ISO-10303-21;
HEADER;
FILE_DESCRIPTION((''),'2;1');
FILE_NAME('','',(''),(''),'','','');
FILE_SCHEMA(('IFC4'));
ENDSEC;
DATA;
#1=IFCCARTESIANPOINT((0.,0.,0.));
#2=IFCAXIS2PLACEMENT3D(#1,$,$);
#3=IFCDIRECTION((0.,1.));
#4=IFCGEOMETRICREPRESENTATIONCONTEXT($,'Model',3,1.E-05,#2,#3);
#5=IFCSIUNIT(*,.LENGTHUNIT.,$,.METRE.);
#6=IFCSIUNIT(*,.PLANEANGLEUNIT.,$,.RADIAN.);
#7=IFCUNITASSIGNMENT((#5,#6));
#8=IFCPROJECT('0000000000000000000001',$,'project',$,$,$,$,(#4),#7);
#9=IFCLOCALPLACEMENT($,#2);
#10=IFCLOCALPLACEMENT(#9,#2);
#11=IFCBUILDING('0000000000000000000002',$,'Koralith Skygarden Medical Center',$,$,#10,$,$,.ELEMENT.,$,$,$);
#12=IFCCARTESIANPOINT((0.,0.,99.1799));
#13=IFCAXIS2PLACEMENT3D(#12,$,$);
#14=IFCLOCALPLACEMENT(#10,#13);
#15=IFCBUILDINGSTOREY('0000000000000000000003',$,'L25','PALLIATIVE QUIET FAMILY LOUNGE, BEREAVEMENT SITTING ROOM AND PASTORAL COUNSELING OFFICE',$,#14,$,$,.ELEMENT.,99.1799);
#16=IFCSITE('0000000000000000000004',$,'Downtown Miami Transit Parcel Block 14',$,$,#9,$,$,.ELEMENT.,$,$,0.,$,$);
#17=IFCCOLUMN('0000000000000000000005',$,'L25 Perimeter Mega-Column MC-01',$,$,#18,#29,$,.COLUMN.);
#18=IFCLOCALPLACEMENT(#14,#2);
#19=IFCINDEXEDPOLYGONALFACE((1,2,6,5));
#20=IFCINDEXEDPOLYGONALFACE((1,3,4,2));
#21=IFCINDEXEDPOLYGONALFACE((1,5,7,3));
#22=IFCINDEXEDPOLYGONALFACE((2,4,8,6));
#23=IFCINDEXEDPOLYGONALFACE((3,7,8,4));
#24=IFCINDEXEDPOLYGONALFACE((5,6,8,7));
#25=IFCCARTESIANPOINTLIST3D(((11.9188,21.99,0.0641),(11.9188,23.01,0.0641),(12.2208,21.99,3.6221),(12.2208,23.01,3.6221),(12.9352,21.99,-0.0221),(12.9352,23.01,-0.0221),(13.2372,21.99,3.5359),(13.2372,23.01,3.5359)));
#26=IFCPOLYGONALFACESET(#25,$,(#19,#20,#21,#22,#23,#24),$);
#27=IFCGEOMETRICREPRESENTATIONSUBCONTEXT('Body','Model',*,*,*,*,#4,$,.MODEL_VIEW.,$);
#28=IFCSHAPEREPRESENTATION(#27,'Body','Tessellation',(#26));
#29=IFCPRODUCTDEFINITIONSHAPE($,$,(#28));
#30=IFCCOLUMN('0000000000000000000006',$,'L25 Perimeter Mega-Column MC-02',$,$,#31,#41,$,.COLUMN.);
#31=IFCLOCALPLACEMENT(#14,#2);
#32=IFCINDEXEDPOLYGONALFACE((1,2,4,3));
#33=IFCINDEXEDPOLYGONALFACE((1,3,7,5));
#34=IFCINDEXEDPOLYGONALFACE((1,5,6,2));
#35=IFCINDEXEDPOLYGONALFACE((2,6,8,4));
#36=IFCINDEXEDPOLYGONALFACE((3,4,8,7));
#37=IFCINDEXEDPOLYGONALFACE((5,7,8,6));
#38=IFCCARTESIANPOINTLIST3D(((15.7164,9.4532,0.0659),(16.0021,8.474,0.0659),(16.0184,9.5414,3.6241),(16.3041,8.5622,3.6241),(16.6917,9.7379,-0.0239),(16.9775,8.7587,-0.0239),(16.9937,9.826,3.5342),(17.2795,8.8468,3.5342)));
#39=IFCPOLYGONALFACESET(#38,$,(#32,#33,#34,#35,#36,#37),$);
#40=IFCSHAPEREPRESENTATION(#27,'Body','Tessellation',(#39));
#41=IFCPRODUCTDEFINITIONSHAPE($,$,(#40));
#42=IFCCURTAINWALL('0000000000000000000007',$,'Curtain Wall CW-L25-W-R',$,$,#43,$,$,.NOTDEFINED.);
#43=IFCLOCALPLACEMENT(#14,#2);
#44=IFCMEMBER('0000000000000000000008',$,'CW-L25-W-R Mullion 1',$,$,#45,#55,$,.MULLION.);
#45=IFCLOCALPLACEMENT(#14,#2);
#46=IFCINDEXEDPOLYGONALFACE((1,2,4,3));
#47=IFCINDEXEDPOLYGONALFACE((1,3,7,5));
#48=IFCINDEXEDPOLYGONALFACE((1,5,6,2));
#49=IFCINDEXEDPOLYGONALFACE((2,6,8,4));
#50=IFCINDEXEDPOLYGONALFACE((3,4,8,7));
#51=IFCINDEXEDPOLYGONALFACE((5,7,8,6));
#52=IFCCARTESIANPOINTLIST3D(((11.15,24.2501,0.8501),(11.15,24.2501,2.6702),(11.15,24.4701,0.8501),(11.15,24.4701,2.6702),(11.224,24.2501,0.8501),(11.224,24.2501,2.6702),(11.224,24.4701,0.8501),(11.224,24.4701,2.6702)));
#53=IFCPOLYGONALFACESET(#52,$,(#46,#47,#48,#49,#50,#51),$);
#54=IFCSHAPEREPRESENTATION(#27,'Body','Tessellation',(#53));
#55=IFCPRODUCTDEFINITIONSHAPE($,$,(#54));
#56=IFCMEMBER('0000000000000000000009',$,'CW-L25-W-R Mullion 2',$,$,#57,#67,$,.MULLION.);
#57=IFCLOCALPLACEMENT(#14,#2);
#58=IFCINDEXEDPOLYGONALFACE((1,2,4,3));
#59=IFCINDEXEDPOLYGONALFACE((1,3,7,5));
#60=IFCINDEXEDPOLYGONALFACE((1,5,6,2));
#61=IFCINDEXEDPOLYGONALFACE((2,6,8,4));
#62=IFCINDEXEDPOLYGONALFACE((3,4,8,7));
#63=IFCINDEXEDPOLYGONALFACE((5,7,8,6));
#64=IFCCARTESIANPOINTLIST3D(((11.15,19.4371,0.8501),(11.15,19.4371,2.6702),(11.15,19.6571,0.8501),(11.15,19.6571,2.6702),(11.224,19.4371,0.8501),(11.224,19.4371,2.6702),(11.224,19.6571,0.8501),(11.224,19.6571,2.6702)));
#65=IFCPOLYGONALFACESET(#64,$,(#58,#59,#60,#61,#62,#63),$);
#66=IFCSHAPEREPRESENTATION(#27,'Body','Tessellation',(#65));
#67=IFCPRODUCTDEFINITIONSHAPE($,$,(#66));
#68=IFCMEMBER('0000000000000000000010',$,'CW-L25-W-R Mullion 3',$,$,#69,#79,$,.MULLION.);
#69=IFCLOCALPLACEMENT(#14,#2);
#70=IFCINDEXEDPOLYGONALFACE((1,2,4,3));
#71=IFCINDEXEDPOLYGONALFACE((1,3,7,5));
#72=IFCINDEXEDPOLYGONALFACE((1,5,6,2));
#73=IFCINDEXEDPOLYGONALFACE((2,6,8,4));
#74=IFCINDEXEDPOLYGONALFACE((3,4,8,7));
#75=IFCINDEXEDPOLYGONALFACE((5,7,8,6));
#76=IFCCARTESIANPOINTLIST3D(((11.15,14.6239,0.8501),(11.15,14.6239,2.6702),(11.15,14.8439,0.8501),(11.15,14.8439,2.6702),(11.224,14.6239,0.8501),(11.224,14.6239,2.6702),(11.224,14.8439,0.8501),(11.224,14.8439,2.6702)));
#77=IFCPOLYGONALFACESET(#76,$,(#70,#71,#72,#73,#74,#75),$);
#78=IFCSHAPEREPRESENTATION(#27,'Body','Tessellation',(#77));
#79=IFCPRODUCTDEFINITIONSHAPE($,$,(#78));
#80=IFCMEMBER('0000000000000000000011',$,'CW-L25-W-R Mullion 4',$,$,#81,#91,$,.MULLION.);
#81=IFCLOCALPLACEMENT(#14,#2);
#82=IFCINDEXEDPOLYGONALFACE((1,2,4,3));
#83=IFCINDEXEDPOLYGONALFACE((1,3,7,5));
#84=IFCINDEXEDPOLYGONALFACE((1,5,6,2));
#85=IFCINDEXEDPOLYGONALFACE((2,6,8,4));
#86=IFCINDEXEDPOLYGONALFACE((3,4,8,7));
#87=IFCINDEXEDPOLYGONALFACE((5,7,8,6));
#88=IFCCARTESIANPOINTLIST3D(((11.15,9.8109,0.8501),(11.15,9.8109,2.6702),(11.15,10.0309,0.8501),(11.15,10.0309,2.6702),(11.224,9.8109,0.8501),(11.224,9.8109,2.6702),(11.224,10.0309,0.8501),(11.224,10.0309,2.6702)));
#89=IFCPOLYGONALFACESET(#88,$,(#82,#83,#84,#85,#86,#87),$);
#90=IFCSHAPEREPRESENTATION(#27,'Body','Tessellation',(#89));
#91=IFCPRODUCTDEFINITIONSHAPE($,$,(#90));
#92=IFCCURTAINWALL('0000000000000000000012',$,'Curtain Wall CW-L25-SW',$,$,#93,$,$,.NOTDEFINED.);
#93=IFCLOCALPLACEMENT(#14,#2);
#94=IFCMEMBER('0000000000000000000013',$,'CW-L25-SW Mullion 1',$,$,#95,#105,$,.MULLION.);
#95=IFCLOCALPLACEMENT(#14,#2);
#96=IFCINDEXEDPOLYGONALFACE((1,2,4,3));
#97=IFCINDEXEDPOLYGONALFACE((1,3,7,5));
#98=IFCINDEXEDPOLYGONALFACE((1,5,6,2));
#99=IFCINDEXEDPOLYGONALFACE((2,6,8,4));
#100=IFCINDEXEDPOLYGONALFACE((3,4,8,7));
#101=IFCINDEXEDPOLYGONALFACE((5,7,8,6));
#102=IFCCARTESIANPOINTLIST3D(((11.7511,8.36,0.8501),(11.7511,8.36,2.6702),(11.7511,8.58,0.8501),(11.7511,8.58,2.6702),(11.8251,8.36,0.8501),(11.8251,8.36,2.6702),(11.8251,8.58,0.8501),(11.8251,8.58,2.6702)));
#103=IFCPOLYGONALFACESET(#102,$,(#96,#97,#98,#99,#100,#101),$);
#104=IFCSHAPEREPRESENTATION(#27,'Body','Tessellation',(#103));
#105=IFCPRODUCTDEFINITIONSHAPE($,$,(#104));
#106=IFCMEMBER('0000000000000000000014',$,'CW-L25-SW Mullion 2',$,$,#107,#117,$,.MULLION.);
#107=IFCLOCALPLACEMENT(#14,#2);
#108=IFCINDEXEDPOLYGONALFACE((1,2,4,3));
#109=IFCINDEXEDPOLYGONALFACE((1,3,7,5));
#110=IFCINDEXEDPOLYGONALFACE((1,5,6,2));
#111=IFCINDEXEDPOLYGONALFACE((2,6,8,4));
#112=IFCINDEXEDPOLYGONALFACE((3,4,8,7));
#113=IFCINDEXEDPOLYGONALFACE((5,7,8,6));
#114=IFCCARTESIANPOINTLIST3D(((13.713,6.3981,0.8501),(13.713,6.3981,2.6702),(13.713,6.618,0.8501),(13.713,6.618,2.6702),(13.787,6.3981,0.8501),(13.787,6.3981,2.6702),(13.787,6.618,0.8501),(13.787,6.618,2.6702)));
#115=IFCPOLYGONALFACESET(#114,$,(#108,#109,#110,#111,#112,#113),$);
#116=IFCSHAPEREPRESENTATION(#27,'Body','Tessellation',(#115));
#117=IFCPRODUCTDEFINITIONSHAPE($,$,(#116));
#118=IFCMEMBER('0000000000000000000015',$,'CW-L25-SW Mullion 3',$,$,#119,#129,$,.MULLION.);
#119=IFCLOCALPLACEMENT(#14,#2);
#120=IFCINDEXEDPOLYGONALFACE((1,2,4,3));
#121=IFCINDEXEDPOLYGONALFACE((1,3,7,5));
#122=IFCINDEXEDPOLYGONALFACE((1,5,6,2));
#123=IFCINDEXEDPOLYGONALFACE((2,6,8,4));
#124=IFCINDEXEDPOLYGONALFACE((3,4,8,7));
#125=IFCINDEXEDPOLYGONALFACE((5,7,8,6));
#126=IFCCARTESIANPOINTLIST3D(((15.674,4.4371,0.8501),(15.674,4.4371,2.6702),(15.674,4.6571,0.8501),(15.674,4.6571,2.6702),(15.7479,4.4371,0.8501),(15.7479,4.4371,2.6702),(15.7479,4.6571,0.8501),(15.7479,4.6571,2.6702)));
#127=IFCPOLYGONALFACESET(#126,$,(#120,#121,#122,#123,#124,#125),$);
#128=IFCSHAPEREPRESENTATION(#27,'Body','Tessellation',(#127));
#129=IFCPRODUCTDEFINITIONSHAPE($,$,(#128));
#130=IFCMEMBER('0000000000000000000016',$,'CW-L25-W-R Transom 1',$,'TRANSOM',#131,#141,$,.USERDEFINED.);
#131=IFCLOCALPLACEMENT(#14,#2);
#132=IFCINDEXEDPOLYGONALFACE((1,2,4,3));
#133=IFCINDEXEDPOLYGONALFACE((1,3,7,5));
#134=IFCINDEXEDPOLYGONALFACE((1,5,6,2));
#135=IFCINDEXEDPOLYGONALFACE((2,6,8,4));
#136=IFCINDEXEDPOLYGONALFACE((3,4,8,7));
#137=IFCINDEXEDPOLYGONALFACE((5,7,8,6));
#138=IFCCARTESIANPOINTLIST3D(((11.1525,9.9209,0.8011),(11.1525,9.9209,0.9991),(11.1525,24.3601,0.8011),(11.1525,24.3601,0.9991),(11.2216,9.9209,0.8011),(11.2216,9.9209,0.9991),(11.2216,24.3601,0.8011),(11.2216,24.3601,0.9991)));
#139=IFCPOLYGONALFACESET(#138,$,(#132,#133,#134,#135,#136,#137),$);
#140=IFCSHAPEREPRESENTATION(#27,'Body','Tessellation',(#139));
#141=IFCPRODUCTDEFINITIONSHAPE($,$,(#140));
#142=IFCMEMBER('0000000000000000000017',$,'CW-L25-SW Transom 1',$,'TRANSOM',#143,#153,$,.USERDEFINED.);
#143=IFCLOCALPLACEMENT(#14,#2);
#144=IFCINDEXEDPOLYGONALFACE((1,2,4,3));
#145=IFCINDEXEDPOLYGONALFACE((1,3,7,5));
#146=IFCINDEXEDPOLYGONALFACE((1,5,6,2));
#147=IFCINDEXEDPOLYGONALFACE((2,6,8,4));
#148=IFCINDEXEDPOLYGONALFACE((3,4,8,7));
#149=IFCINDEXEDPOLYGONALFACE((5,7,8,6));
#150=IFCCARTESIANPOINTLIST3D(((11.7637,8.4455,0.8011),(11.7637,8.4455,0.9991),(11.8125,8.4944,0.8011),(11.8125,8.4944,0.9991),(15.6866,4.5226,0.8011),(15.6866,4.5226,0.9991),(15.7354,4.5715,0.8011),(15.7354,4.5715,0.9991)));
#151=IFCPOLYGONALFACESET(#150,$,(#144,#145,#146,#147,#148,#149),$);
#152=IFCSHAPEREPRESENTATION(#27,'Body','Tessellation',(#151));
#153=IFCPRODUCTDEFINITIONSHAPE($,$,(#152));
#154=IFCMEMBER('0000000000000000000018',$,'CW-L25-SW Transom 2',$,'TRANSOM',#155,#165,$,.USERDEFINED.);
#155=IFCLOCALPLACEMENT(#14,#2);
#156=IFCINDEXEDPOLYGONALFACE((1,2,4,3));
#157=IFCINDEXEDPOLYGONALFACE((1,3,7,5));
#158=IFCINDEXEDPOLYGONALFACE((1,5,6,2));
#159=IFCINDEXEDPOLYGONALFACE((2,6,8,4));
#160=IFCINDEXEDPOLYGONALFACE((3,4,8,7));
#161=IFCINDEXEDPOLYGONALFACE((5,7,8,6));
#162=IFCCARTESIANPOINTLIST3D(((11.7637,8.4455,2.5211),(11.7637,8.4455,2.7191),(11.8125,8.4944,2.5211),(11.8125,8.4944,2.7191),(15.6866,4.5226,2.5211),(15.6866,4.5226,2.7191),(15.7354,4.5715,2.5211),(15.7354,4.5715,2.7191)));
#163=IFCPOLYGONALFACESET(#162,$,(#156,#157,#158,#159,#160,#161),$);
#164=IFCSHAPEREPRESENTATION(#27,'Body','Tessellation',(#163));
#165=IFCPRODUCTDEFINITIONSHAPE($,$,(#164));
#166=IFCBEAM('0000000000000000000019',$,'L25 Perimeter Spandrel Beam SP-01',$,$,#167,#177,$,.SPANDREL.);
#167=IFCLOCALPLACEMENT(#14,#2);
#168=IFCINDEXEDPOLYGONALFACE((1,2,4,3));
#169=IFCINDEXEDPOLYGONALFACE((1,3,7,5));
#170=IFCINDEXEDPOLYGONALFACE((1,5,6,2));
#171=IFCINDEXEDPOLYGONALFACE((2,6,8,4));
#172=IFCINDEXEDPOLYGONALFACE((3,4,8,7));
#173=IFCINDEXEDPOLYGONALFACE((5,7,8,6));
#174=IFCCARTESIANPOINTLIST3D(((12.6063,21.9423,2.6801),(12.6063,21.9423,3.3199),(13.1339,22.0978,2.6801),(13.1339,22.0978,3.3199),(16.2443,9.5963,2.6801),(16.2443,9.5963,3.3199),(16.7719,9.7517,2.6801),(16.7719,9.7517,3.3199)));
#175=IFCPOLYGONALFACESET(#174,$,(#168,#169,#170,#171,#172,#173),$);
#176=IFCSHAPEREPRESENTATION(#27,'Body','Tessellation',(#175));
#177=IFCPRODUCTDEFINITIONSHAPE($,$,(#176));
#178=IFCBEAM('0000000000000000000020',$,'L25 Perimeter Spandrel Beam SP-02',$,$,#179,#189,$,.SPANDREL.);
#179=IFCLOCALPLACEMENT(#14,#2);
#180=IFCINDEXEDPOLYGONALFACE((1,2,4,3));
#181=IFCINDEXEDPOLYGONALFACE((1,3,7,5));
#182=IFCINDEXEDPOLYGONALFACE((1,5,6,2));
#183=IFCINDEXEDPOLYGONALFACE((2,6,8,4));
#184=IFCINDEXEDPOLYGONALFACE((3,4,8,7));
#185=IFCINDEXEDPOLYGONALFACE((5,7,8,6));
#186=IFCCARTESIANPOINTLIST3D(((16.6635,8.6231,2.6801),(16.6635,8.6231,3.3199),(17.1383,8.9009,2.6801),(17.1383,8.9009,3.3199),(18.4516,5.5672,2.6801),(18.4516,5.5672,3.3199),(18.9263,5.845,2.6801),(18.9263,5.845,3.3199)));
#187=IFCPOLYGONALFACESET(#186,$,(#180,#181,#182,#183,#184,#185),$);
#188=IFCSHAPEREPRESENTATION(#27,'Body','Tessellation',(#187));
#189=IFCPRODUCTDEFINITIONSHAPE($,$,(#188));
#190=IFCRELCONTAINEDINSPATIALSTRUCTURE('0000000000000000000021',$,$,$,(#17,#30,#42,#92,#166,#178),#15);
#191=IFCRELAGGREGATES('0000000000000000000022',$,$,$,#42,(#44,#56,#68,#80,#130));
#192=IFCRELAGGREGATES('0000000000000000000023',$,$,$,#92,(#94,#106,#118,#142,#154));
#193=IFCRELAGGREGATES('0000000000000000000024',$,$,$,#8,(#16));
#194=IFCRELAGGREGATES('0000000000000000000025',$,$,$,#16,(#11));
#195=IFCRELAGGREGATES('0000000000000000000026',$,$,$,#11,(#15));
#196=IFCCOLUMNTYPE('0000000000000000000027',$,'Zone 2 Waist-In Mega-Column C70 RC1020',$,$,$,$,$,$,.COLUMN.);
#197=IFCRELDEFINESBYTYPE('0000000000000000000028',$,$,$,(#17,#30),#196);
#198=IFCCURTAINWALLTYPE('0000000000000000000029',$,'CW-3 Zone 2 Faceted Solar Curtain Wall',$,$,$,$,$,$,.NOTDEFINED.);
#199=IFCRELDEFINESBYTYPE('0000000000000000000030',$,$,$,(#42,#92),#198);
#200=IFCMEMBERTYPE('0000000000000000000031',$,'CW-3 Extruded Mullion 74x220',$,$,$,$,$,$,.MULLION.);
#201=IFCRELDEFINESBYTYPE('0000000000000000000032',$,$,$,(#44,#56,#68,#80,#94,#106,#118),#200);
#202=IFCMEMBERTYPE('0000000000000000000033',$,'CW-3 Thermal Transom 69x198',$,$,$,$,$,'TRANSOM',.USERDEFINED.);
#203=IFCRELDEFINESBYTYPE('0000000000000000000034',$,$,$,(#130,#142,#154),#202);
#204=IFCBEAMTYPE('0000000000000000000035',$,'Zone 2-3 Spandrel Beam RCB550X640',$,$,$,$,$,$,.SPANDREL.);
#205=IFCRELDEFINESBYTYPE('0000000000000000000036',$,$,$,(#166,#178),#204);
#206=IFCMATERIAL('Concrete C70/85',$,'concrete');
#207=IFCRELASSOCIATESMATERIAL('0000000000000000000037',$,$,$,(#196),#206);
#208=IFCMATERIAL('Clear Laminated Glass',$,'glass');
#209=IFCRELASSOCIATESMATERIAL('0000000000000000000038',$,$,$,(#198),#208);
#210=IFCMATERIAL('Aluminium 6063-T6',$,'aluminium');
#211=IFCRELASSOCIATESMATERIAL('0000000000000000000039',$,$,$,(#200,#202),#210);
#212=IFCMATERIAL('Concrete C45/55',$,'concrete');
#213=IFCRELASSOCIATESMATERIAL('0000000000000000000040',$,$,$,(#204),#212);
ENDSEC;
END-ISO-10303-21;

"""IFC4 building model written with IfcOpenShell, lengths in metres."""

from ifc_helpers import new_model, si_unit, direction, frame, origin, origin_2d, place, context, subcontext, project, spatial, rectangle, extrude, material, material_profile, profile_set, type_object, element, aggregate, save


model = new_model("IFC4")

# Units and contexts
model_context = context("Model", 3, precision=1e-05, world=origin(), true_north=direction((0.0, 1.0)))
body_context = subcontext(model_context, "Body", "Model", "MODEL_VIEW")
ifc_project = project(units=[si_unit("LENGTHUNIT", "METRE"), si_unit("PLANEANGLEUNIT", "RADIAN")], contexts=[model_context])

# Site, building, storey
site_placement = place(None, origin())
site = spatial("IfcSite", under=ifc_project, at=site_placement, Name="Downtown Miami Transit Parcel Block 14", CompositionType="ELEMENT", RefElevation=0.0)
building_placement = place(site_placement, origin())
building = spatial("IfcBuilding", under=site, at=building_placement, Name="Koralith Skygarden Medical Center", CompositionType="ELEMENT")
storey_placement = place(building_placement, frame((0.0, 0.0, 99.1799)))
storey = spatial("IfcBuildingStorey", under=building, at=storey_placement, Name="L25", Description="PALLIATIVE QUIET FAMILY LOUNGE, BEREAVEMENT SITTING ROOM AND PASTORAL COUNSELING OFFICE", CompositionType="ELEMENT", Elevation=99.1799)

# Columns
ifc_material_1 = material(Name="Concrete C70/85", Category="concrete")
ifc_material_profile_1 = material_profile(ifc_material_1, rectangle(XDim=1.02, YDim=1.02, at=origin_2d()), Name="RC1020X1020")
ifc_profile_set_1 = profile_set([ifc_material_profile_1], Name="Concrete C70/85")
column_type = type_object("IfcColumnType", Name="Zone 2 Waist-In Mega-Column C70 RC1020", PredefinedType="COLUMN", material=ifc_profile_set_1)
column_1_placement = place(storey_placement, frame((12.427, 22.5, 0.021), z_axis=(0.084573, 0.0, 0.996417), x_axis=(0.0, 1.0, 0.0)))
element("IfcColumn", 1, at=column_1_placement, inside=storey, type_object=column_type, Name="L25 Perimeter Mega-Column MC-01", PredefinedType="COLUMN", context=body_context, shape_type="SweptSolid", body=[
    extrude(rectangle(XDim=1.02, YDim=1.02, at=origin_2d()), origin(), (0.0, 0.0, 1.0), 3.5708),
])
column_2_placement = place(storey_placement, frame((16.3469, 9.106, 0.021), z_axis=(0.084547, 0.024674, 0.996114), x_axis=(-0.280149, 0.959957, 0.0)))
element("IfcColumn", 2, at=column_2_placement, inside=storey, type_object=column_type, Name="L25 Perimeter Mega-Column MC-02", PredefinedType="COLUMN", context=body_context, shape_type="SweptSolid", body=[
    extrude(rectangle(XDim=1.02, YDim=1.02, at=origin_2d()), origin(), (0.0, 0.0, 1.0), 3.572),
])

# Curtain walls, members
ifc_material_2 = material(Name="Clear Laminated Glass", Category="glass")
curtain_wall_type = type_object("IfcCurtainWallType", Name="CW-3 Zone 2 Faceted Solar Curtain Wall", PredefinedType="NOTDEFINED", material=ifc_material_2)
curtain_wall_1_placement = place(storey_placement, origin())
curtain_wall_1 = element("IfcCurtainWall", 3, at=curtain_wall_1_placement, inside=storey, type_object=curtain_wall_type, Name="Curtain Wall CW-L25-W-R", PredefinedType="NOTDEFINED")
ifc_material_3 = material(Name="Aluminium 6063-T6", Category="aluminium")
ifc_material_profile_2 = material_profile(ifc_material_3, rectangle(XDim=0.074, YDim=0.22, at=origin_2d()), Name="MUL74X220")
ifc_profile_set_2 = profile_set([ifc_material_profile_2], Name="Aluminium 6063-T6")
member_type_1 = type_object("IfcMemberType", Name="CW-3 Extruded Mullion 74x220", PredefinedType="MULLION", material=ifc_profile_set_2)
member_1_placement = place(storey_placement, frame((11.187, 24.3601, 0.8501), z_axis=(0.0, 0.0, 1.0), x_axis=(1.0, 0.0, 0.0)))
member_1 = element("IfcMember", 4, at=member_1_placement, type_object=member_type_1, Name="CW-L25-W-R Mullion 1", PredefinedType="MULLION", context=body_context, shape_type="SweptSolid", body=[
    extrude(rectangle(XDim=0.074, YDim=0.22, at=origin_2d()), origin(), (0.0, 0.0, 1.0), 1.8201),
])
member_2_placement = place(storey_placement, frame((11.187, 19.5471, 0.8501), z_axis=(0.0, 0.0, 1.0), x_axis=(1.0, 0.0, 0.0)))
member_2 = element("IfcMember", 5, at=member_2_placement, type_object=member_type_1, Name="CW-L25-W-R Mullion 2", PredefinedType="MULLION", context=body_context, shape_type="SweptSolid", body=[
    extrude(rectangle(XDim=0.074, YDim=0.22, at=origin_2d()), origin(), (0.0, 0.0, 1.0), 1.8201),
])
member_3_placement = place(storey_placement, frame((11.187, 14.7339, 0.8501), z_axis=(0.0, 0.0, 1.0), x_axis=(1.0, 0.0, 0.0)))
member_3 = element("IfcMember", 6, at=member_3_placement, type_object=member_type_1, Name="CW-L25-W-R Mullion 3", PredefinedType="MULLION", context=body_context, shape_type="SweptSolid", body=[
    extrude(rectangle(XDim=0.074, YDim=0.22, at=origin_2d()), origin(), (0.0, 0.0, 1.0), 1.8201),
])
member_4_placement = place(storey_placement, frame((11.187, 9.9209, 0.8501), z_axis=(0.0, 0.0, 1.0), x_axis=(1.0, 0.0, 0.0)))
member_4 = element("IfcMember", 7, at=member_4_placement, type_object=member_type_1, Name="CW-L25-W-R Mullion 4", PredefinedType="MULLION", context=body_context, shape_type="SweptSolid", body=[
    extrude(rectangle(XDim=0.074, YDim=0.22, at=origin_2d()), origin(), (0.0, 0.0, 1.0), 1.8201),
])
curtain_wall_2_placement = place(storey_placement, origin())
curtain_wall_2 = element("IfcCurtainWall", 8, at=curtain_wall_2_placement, inside=storey, type_object=curtain_wall_type, Name="Curtain Wall CW-L25-SW", PredefinedType="NOTDEFINED")
member_5_placement = place(storey_placement, frame((11.7881, 8.47, 0.8501), z_axis=(0.0, 0.0, 1.0), x_axis=(1.0, 0.0, 0.0)))
member_5 = element("IfcMember", 9, at=member_5_placement, type_object=member_type_1, Name="CW-L25-SW Mullion 1", PredefinedType="MULLION", context=body_context, shape_type="SweptSolid", body=[
    extrude(rectangle(XDim=0.074, YDim=0.22, at=origin_2d()), origin(), (0.0, 0.0, 1.0), 1.8201),
])
member_6_placement = place(storey_placement, frame((13.75, 6.5081, 0.8501), z_axis=(0.0, 0.0, 1.0), x_axis=(1.0, 0.0, 0.0)))
member_6 = element("IfcMember", 10, at=member_6_placement, type_object=member_type_1, Name="CW-L25-SW Mullion 2", PredefinedType="MULLION", context=body_context, shape_type="SweptSolid", body=[
    extrude(rectangle(XDim=0.074, YDim=0.22, at=origin_2d()), origin(), (0.0, 0.0, 1.0), 1.8201),
])
member_7_placement = place(storey_placement, frame((15.7109, 4.5471, 0.8501), z_axis=(0.0, 0.0, 1.0), x_axis=(1.0, 0.0, 0.0)))
member_7 = element("IfcMember", 11, at=member_7_placement, type_object=member_type_1, Name="CW-L25-SW Mullion 3", PredefinedType="MULLION", context=body_context, shape_type="SweptSolid", body=[
    extrude(rectangle(XDim=0.074, YDim=0.22, at=origin_2d()), origin(), (0.0, 0.0, 1.0), 1.8201),
])

# Members
ifc_material_profile_3 = material_profile(ifc_material_3, rectangle(XDim=0.0691, YDim=0.198, at=origin_2d()), Name="TRN69X198")
ifc_profile_set_3 = profile_set([ifc_material_profile_3], Name="Aluminium 6063-T6")
member_type_2 = type_object("IfcMemberType", Name="CW-3 Thermal Transom 69x198", ElementType="TRANSOM", PredefinedType="USERDEFINED", material=ifc_profile_set_3)
member_8_placement = place(storey_placement, frame((11.187, 24.3601, 0.9001), z_axis=(0.0, -1.0, 0.0), x_axis=(1.0, 0.0, 0.0)))
member_8 = element("IfcMember", 12, at=member_8_placement, type_object=member_type_2, Name="CW-L25-W-R Transom 1", ObjectType="TRANSOM", PredefinedType="USERDEFINED", context=body_context, shape_type="SweptSolid", body=[
    extrude(rectangle(XDim=0.0691, YDim=0.198, at=origin_2d()), origin(), (0.0, 0.0, 1.0), 14.4392),
])
member_9_placement = place(storey_placement, frame((11.7881, 8.47, 0.9001), z_axis=(0.707107, -0.707107, 0.0), x_axis=(0.707107, 0.707107, 0.0)))
member_9 = element("IfcMember", 13, at=member_9_placement, type_object=member_type_2, Name="CW-L25-SW Transom 1", ObjectType="TRANSOM", PredefinedType="USERDEFINED", context=body_context, shape_type="SweptSolid", body=[
    extrude(rectangle(XDim=0.0691, YDim=0.198, at=origin_2d()), origin(), (0.0, 0.0, 1.0), 5.5479),
])
member_10_placement = place(storey_placement, frame((11.7881, 8.47, 2.6201), z_axis=(0.707107, -0.707107, 0.0), x_axis=(0.707107, 0.707107, 0.0)))
member_10 = element("IfcMember", 14, at=member_10_placement, type_object=member_type_2, Name="CW-L25-SW Transom 2", ObjectType="TRANSOM", PredefinedType="USERDEFINED", context=body_context, shape_type="SweptSolid", body=[
    extrude(rectangle(XDim=0.0691, YDim=0.198, at=origin_2d()), origin(), (0.0, 0.0, 1.0), 5.5479),
])

# Beams
ifc_material_4 = material(Name="Concrete C45/55", Category="concrete")
ifc_material_profile_4 = material_profile(ifc_material_4, rectangle(XDim=0.55, YDim=0.6399, at=origin_2d()), Name="RCB550X640")
ifc_profile_set_4 = profile_set([ifc_material_profile_4], Name="Concrete C45/55")
beam_type = type_object("IfcBeamType", Name="Zone 2-3 Spandrel Beam RCB550X640", PredefinedType="SPANDREL", material=ifc_profile_set_4)
beam_1_placement = place(storey_placement, frame((12.8701, 22.02, 3.0), z_axis=(0.282651, -0.959223, 0.0), x_axis=(0.959223, 0.282651, 0.0)))
element("IfcBeam", 15, at=beam_1_placement, inside=storey, type_object=beam_type, Name="L25 Perimeter Spandrel Beam SP-01", PredefinedType="SPANDREL", context=body_context, shape_type="SweptSolid", body=[
    extrude(rectangle(XDim=0.55, YDim=0.6399, at=origin_2d()), origin(), (0.0, 0.0, 1.0), 12.8708),
])
beam_2_placement = place(storey_placement, frame((16.9009, 8.762, 3.0), z_axis=(0.505024, -0.863105, 0.0), x_axis=(0.863105, 0.505024, 0.0)))
element("IfcBeam", 16, at=beam_2_placement, inside=storey, type_object=beam_type, Name="L25 Perimeter Spandrel Beam SP-02", PredefinedType="SPANDREL", context=body_context, shape_type="SweptSolid", body=[
    extrude(rectangle(XDim=0.55, YDim=0.6399, at=origin_2d()), origin(), (0.0, 0.0, 1.0), 3.5405),
])

aggregate(curtain_wall_1, [member_1, member_2, member_3, member_4, member_8])
aggregate(curtain_wall_2, [member_5, member_6, member_7, member_9, member_10])

save(model, "model.ifc")
